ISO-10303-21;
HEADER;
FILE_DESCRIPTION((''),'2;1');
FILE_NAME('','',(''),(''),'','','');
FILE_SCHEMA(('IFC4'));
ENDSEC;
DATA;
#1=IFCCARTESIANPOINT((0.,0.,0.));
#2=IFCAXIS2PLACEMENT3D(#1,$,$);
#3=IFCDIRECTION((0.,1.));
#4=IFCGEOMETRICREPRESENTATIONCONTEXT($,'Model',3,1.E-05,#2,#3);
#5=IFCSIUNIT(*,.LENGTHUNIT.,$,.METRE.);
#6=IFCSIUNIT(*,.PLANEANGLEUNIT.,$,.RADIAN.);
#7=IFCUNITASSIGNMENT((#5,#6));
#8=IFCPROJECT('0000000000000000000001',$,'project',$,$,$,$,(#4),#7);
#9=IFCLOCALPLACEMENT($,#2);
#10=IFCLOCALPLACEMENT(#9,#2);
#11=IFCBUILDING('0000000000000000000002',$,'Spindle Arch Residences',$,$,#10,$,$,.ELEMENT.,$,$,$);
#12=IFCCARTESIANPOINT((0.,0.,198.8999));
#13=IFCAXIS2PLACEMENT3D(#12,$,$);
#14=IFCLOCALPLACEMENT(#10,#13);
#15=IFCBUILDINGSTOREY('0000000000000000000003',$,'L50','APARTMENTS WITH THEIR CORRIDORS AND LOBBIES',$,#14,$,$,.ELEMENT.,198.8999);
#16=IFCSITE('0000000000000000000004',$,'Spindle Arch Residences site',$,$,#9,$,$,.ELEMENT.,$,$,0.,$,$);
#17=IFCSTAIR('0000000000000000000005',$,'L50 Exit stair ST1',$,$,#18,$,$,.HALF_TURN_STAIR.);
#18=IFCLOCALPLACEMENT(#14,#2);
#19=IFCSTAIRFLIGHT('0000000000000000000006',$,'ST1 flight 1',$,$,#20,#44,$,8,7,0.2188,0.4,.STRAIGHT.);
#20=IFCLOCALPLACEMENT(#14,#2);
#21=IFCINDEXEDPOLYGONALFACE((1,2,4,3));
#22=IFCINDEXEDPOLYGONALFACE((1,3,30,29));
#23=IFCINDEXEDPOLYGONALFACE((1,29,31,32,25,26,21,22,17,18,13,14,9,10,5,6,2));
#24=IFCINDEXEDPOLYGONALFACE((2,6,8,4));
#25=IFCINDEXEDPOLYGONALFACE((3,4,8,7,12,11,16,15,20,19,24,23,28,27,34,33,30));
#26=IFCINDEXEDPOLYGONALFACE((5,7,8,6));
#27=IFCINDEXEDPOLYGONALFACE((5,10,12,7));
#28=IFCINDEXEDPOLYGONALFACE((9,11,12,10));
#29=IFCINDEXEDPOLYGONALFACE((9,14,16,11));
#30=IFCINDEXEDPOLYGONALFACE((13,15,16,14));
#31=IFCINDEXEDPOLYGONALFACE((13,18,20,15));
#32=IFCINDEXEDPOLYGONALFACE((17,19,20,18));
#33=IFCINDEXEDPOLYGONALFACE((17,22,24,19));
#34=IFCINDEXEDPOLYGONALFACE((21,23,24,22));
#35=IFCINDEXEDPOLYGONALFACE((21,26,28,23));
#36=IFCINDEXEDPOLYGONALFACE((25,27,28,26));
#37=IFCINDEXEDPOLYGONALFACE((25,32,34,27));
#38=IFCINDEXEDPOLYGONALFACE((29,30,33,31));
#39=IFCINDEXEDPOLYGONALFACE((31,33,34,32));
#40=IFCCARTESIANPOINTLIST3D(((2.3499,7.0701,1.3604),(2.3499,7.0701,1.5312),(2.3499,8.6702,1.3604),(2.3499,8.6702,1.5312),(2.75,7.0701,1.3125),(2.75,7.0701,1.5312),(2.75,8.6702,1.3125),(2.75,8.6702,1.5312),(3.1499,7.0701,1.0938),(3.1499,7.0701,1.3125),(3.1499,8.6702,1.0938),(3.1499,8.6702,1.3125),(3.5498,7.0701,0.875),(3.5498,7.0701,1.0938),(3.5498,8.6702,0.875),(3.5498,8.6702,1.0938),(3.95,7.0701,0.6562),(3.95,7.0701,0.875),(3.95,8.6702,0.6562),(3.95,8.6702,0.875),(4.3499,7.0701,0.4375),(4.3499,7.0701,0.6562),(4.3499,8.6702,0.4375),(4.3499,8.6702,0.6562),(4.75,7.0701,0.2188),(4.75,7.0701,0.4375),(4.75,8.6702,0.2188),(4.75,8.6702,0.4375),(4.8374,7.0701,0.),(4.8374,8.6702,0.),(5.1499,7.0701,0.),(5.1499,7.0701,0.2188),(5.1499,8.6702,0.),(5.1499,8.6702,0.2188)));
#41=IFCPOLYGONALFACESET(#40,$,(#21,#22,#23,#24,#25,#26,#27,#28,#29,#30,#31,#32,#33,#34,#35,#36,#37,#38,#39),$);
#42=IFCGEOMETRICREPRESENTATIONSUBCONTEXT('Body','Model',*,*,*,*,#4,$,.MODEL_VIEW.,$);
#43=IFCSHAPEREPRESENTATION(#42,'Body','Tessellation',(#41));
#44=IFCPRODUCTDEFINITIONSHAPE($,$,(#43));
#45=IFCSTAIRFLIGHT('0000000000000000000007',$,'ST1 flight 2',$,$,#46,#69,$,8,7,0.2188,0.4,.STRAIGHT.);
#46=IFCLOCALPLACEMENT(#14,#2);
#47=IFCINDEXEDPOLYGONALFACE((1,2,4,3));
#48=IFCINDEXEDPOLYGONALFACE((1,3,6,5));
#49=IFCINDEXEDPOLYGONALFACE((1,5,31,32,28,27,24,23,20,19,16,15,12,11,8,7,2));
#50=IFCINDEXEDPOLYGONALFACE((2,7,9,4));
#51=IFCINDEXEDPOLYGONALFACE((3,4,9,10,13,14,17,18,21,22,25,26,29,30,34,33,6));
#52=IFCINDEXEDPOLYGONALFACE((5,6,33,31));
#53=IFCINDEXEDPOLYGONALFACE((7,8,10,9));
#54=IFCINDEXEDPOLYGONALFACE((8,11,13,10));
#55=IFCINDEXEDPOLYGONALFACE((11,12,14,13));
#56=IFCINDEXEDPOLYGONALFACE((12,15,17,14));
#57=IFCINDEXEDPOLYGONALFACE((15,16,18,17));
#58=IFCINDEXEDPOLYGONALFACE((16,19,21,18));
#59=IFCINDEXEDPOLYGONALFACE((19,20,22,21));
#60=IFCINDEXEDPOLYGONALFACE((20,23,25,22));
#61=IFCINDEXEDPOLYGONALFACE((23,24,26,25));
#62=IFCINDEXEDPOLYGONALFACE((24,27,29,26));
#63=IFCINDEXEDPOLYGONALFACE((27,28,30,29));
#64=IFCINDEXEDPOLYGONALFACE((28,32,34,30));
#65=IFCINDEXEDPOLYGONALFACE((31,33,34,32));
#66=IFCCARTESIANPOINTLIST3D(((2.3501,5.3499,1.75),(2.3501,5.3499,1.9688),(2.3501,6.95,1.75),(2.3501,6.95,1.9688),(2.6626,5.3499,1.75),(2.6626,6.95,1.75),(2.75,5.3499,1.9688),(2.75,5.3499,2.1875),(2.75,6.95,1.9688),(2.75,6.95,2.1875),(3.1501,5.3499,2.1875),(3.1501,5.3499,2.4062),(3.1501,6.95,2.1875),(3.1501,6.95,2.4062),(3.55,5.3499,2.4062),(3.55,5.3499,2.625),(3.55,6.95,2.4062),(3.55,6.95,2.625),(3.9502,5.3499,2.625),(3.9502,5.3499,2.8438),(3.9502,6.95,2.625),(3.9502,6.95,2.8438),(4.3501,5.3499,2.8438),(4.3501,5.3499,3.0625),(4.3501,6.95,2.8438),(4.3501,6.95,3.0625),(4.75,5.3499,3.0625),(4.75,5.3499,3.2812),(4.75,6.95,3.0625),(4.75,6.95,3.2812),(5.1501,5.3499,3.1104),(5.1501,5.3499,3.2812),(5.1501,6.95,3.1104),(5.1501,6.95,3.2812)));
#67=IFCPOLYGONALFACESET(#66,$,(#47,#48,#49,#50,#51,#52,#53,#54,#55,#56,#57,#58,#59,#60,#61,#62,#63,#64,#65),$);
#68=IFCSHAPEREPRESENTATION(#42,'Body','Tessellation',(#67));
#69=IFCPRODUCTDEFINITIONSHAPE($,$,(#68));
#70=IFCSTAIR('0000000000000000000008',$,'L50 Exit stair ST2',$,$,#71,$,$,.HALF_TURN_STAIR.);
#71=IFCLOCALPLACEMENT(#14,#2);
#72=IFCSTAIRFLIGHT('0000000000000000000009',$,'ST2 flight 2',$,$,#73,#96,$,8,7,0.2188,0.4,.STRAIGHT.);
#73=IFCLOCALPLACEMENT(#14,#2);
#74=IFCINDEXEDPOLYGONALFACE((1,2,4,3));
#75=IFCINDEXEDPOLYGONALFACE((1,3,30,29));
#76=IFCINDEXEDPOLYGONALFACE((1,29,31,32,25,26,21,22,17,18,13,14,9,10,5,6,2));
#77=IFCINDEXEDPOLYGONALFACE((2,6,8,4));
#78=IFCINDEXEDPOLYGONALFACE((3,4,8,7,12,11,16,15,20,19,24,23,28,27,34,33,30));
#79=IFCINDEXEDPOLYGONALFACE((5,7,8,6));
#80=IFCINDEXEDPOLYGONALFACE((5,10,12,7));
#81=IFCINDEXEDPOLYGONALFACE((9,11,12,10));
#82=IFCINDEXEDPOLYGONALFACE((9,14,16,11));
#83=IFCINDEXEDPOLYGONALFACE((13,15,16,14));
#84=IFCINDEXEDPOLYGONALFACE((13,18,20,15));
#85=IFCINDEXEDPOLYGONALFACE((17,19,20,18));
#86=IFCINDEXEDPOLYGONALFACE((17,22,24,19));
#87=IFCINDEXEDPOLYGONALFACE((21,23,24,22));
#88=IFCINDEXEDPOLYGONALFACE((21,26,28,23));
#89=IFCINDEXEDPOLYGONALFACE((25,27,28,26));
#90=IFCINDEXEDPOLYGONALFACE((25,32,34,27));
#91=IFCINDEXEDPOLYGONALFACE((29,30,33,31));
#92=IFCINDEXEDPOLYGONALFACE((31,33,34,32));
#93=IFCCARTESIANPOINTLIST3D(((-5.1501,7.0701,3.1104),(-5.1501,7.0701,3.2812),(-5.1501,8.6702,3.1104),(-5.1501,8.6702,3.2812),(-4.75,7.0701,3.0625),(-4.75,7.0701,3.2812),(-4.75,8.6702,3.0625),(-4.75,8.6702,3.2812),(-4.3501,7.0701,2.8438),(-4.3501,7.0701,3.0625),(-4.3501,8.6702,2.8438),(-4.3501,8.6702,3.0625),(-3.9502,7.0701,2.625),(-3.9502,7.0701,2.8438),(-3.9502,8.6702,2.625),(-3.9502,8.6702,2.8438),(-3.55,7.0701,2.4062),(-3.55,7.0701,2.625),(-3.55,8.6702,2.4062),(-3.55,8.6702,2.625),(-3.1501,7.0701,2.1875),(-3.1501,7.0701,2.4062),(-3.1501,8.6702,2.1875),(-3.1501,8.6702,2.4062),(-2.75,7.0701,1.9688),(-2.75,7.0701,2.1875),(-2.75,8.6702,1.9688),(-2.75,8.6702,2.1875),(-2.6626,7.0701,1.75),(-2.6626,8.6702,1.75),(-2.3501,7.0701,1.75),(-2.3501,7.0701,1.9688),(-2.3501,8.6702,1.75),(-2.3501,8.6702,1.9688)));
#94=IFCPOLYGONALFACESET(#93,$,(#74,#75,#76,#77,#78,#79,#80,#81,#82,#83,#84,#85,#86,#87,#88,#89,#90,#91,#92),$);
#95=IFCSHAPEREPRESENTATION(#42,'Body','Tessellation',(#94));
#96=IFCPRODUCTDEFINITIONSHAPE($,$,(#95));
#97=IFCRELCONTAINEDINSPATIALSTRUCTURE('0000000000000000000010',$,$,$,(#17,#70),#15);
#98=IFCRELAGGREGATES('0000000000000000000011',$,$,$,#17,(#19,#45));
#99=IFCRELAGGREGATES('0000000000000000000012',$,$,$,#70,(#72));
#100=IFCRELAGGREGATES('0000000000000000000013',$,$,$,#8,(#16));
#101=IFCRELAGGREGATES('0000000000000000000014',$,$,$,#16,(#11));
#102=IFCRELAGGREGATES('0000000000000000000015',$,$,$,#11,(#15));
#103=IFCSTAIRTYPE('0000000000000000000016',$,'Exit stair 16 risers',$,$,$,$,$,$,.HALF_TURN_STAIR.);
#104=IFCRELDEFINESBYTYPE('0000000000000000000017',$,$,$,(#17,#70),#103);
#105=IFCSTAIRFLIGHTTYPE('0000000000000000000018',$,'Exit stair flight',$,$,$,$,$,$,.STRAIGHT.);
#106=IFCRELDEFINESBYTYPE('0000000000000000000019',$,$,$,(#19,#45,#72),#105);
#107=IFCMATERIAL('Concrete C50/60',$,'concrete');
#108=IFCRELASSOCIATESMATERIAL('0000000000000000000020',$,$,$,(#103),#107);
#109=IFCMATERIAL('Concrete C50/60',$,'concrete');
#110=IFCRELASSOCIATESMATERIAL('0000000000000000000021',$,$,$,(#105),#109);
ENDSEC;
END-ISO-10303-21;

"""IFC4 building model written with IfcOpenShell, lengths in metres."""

from ifc_helpers import new_model, si_unit, direction, frame, origin, place, context, subcontext, project, spatial, polyline, outline, extrude, material, type_object, element, aggregate, save


model = new_model("IFC4")

# Units and contexts
model_context = context("Model", 3, precision=1e-05, world=origin(), true_north=direction((0.0, 1.0)))
body_context = subcontext(model_context, "Body", "Model", "MODEL_VIEW")
ifc_project = project(units=[si_unit("LENGTHUNIT", "METRE"), si_unit("PLANEANGLEUNIT", "RADIAN")], contexts=[model_context])

# Site, building, storey
site_placement = place(None, origin())
site = spatial("IfcSite", under=ifc_project, at=site_placement, Name="Spindle Arch Residences site", CompositionType="ELEMENT", RefElevation=0.0)
building_placement = place(site_placement, origin())
building = spatial("IfcBuilding", under=site, at=building_placement, Name="Spindle Arch Residences", CompositionType="ELEMENT")
storey_placement = place(building_placement, frame((0.0, 0.0, 198.8999)))
storey = spatial("IfcBuildingStorey", under=building, at=storey_placement, Name="L50", Description="APARTMENTS WITH THEIR CORRIDORS AND LOBBIES", CompositionType="ELEMENT", Elevation=198.8999)

# Stair, stair flights
ifc_material_1 = material(Name="Concrete C50/60", Category="concrete")
stair_type = type_object("IfcStairType", Name="Exit stair 16 risers", PredefinedType="HALF_TURN_STAIR", material=ifc_material_1)
stair_1_placement = place(storey_placement, origin())
stair_1 = element("IfcStair", 1, at=stair_1_placement, inside=storey, type_object=stair_type, Name="L50 Exit stair ST1", PredefinedType="HALF_TURN_STAIR")
ifc_material_2 = material(Name="Concrete C50/60", Category="concrete")
stair_flight_type = type_object("IfcStairFlightType", Name="Exit stair flight", PredefinedType="STRAIGHT", material=ifc_material_2)
stair_flight_1_placement = place(storey_placement, frame((5.1499, 7.8701, 0.0), z_axis=(0.0, 0.0, 1.0), x_axis=(-1.0, 0.0, 0.0)))
stair_flight_1 = element("IfcStairFlight", 2, at=stair_flight_1_placement, type_object=stair_flight_type, Name="ST1 flight 1", NumberOfRisers=8, NumberOfTreads=7, PredefinedType="STRAIGHT", RiserHeight=0.2188, TreadLength=0.4, context=body_context, shape_type="SweptSolid", body=[
    extrude(outline(polyline([(0.0, 0.0), (0.0, 0.2188), (0.3999, 0.2188), (0.3999, 0.4375), (0.8, 0.4375), (0.8, 0.6562), (1.2, 0.6562), (1.2, 0.875), (1.6001, 0.875), (1.6001, 1.0938), (2.0, 1.0938), (2.0, 1.3125), (2.3999, 1.3125), (2.3999, 1.5312), (2.8, 1.5312), (2.8, 1.75), (2.8, 1.3604), (0.3125, 0.0), (0.0, 0.0)])), frame((0.0, 0.8, 0.0), z_axis=(0.0, -1.0, 0.0), x_axis=(1.0, 0.0, 0.0)), (0.0, 0.0, 1.0), 1.6001),
])
stair_flight_2_placement = place(storey_placement, frame((2.3501, 6.1499, 1.75), z_axis=(0.0, 0.0, 1.0), x_axis=(1.0, 0.0, 0.0)))
stair_flight_2 = element("IfcStairFlight", 3, at=stair_flight_2_placement, type_object=stair_flight_type, Name="ST1 flight 2", NumberOfRisers=8, NumberOfTreads=7, PredefinedType="STRAIGHT", RiserHeight=0.2188, TreadLength=0.4, context=body_context, shape_type="SweptSolid", body=[
    extrude(outline(polyline([(0.0, 0.0), (0.0, 0.2188), (0.3999, 0.2188), (0.3999, 0.4375), (0.8, 0.4375), (0.8, 0.6562), (1.2, 0.6562), (1.2, 0.875), (1.6001, 0.875), (1.6001, 1.0938), (2.0, 1.0938), (2.0, 1.3125), (2.3999, 1.3125), (2.3999, 1.5312), (2.8, 1.5312), (2.8, 1.75), (2.8, 1.3604), (0.3125, 0.0), (0.0, 0.0)])), frame((0.0, 0.8, 0.0), z_axis=(0.0, -1.0, 0.0), x_axis=(1.0, 0.0, 0.0)), (0.0, 0.0, 1.0), 1.6001),
])
aggregate(stair_1, [stair_flight_1, stair_flight_2])

# Stair, stair flight
stair_2_placement = place(storey_placement, origin())
stair_2 = element("IfcStair", 4, at=stair_2_placement, inside=storey, type_object=stair_type, Name="L50 Exit stair ST2", PredefinedType="HALF_TURN_STAIR")
stair_flight_3_placement = place(storey_placement, frame((-2.3501, 7.8701, 1.75), z_axis=(0.0, 0.0, 1.0), x_axis=(-1.0, 0.0, 0.0)))
stair_flight_3 = element("IfcStairFlight", 5, at=stair_flight_3_placement, type_object=stair_flight_type, Name="ST2 flight 2", NumberOfRisers=8, NumberOfTreads=7, PredefinedType="STRAIGHT", RiserHeight=0.2188, TreadLength=0.4, context=body_context, shape_type="SweptSolid", body=[
    extrude(outline(polyline([(0.0, 0.0), (0.0, 0.2188), (0.3999, 0.2188), (0.3999, 0.4375), (0.8, 0.4375), (0.8, 0.6562), (1.2, 0.6562), (1.2, 0.875), (1.6001, 0.875), (1.6001, 1.0938), (2.0, 1.0938), (2.0, 1.3125), (2.3999, 1.3125), (2.3999, 1.5312), (2.8, 1.5312), (2.8, 1.75), (2.8, 1.3604), (0.3125, 0.0), (0.0, 0.0)])), frame((0.0, 0.8, 0.0), z_axis=(0.0, -1.0, 0.0), x_axis=(1.0, 0.0, 0.0)), (0.0, 0.0, 1.0), 1.6001),
])
aggregate(stair_2, [stair_flight_3])

save(model, "model.ifc")
